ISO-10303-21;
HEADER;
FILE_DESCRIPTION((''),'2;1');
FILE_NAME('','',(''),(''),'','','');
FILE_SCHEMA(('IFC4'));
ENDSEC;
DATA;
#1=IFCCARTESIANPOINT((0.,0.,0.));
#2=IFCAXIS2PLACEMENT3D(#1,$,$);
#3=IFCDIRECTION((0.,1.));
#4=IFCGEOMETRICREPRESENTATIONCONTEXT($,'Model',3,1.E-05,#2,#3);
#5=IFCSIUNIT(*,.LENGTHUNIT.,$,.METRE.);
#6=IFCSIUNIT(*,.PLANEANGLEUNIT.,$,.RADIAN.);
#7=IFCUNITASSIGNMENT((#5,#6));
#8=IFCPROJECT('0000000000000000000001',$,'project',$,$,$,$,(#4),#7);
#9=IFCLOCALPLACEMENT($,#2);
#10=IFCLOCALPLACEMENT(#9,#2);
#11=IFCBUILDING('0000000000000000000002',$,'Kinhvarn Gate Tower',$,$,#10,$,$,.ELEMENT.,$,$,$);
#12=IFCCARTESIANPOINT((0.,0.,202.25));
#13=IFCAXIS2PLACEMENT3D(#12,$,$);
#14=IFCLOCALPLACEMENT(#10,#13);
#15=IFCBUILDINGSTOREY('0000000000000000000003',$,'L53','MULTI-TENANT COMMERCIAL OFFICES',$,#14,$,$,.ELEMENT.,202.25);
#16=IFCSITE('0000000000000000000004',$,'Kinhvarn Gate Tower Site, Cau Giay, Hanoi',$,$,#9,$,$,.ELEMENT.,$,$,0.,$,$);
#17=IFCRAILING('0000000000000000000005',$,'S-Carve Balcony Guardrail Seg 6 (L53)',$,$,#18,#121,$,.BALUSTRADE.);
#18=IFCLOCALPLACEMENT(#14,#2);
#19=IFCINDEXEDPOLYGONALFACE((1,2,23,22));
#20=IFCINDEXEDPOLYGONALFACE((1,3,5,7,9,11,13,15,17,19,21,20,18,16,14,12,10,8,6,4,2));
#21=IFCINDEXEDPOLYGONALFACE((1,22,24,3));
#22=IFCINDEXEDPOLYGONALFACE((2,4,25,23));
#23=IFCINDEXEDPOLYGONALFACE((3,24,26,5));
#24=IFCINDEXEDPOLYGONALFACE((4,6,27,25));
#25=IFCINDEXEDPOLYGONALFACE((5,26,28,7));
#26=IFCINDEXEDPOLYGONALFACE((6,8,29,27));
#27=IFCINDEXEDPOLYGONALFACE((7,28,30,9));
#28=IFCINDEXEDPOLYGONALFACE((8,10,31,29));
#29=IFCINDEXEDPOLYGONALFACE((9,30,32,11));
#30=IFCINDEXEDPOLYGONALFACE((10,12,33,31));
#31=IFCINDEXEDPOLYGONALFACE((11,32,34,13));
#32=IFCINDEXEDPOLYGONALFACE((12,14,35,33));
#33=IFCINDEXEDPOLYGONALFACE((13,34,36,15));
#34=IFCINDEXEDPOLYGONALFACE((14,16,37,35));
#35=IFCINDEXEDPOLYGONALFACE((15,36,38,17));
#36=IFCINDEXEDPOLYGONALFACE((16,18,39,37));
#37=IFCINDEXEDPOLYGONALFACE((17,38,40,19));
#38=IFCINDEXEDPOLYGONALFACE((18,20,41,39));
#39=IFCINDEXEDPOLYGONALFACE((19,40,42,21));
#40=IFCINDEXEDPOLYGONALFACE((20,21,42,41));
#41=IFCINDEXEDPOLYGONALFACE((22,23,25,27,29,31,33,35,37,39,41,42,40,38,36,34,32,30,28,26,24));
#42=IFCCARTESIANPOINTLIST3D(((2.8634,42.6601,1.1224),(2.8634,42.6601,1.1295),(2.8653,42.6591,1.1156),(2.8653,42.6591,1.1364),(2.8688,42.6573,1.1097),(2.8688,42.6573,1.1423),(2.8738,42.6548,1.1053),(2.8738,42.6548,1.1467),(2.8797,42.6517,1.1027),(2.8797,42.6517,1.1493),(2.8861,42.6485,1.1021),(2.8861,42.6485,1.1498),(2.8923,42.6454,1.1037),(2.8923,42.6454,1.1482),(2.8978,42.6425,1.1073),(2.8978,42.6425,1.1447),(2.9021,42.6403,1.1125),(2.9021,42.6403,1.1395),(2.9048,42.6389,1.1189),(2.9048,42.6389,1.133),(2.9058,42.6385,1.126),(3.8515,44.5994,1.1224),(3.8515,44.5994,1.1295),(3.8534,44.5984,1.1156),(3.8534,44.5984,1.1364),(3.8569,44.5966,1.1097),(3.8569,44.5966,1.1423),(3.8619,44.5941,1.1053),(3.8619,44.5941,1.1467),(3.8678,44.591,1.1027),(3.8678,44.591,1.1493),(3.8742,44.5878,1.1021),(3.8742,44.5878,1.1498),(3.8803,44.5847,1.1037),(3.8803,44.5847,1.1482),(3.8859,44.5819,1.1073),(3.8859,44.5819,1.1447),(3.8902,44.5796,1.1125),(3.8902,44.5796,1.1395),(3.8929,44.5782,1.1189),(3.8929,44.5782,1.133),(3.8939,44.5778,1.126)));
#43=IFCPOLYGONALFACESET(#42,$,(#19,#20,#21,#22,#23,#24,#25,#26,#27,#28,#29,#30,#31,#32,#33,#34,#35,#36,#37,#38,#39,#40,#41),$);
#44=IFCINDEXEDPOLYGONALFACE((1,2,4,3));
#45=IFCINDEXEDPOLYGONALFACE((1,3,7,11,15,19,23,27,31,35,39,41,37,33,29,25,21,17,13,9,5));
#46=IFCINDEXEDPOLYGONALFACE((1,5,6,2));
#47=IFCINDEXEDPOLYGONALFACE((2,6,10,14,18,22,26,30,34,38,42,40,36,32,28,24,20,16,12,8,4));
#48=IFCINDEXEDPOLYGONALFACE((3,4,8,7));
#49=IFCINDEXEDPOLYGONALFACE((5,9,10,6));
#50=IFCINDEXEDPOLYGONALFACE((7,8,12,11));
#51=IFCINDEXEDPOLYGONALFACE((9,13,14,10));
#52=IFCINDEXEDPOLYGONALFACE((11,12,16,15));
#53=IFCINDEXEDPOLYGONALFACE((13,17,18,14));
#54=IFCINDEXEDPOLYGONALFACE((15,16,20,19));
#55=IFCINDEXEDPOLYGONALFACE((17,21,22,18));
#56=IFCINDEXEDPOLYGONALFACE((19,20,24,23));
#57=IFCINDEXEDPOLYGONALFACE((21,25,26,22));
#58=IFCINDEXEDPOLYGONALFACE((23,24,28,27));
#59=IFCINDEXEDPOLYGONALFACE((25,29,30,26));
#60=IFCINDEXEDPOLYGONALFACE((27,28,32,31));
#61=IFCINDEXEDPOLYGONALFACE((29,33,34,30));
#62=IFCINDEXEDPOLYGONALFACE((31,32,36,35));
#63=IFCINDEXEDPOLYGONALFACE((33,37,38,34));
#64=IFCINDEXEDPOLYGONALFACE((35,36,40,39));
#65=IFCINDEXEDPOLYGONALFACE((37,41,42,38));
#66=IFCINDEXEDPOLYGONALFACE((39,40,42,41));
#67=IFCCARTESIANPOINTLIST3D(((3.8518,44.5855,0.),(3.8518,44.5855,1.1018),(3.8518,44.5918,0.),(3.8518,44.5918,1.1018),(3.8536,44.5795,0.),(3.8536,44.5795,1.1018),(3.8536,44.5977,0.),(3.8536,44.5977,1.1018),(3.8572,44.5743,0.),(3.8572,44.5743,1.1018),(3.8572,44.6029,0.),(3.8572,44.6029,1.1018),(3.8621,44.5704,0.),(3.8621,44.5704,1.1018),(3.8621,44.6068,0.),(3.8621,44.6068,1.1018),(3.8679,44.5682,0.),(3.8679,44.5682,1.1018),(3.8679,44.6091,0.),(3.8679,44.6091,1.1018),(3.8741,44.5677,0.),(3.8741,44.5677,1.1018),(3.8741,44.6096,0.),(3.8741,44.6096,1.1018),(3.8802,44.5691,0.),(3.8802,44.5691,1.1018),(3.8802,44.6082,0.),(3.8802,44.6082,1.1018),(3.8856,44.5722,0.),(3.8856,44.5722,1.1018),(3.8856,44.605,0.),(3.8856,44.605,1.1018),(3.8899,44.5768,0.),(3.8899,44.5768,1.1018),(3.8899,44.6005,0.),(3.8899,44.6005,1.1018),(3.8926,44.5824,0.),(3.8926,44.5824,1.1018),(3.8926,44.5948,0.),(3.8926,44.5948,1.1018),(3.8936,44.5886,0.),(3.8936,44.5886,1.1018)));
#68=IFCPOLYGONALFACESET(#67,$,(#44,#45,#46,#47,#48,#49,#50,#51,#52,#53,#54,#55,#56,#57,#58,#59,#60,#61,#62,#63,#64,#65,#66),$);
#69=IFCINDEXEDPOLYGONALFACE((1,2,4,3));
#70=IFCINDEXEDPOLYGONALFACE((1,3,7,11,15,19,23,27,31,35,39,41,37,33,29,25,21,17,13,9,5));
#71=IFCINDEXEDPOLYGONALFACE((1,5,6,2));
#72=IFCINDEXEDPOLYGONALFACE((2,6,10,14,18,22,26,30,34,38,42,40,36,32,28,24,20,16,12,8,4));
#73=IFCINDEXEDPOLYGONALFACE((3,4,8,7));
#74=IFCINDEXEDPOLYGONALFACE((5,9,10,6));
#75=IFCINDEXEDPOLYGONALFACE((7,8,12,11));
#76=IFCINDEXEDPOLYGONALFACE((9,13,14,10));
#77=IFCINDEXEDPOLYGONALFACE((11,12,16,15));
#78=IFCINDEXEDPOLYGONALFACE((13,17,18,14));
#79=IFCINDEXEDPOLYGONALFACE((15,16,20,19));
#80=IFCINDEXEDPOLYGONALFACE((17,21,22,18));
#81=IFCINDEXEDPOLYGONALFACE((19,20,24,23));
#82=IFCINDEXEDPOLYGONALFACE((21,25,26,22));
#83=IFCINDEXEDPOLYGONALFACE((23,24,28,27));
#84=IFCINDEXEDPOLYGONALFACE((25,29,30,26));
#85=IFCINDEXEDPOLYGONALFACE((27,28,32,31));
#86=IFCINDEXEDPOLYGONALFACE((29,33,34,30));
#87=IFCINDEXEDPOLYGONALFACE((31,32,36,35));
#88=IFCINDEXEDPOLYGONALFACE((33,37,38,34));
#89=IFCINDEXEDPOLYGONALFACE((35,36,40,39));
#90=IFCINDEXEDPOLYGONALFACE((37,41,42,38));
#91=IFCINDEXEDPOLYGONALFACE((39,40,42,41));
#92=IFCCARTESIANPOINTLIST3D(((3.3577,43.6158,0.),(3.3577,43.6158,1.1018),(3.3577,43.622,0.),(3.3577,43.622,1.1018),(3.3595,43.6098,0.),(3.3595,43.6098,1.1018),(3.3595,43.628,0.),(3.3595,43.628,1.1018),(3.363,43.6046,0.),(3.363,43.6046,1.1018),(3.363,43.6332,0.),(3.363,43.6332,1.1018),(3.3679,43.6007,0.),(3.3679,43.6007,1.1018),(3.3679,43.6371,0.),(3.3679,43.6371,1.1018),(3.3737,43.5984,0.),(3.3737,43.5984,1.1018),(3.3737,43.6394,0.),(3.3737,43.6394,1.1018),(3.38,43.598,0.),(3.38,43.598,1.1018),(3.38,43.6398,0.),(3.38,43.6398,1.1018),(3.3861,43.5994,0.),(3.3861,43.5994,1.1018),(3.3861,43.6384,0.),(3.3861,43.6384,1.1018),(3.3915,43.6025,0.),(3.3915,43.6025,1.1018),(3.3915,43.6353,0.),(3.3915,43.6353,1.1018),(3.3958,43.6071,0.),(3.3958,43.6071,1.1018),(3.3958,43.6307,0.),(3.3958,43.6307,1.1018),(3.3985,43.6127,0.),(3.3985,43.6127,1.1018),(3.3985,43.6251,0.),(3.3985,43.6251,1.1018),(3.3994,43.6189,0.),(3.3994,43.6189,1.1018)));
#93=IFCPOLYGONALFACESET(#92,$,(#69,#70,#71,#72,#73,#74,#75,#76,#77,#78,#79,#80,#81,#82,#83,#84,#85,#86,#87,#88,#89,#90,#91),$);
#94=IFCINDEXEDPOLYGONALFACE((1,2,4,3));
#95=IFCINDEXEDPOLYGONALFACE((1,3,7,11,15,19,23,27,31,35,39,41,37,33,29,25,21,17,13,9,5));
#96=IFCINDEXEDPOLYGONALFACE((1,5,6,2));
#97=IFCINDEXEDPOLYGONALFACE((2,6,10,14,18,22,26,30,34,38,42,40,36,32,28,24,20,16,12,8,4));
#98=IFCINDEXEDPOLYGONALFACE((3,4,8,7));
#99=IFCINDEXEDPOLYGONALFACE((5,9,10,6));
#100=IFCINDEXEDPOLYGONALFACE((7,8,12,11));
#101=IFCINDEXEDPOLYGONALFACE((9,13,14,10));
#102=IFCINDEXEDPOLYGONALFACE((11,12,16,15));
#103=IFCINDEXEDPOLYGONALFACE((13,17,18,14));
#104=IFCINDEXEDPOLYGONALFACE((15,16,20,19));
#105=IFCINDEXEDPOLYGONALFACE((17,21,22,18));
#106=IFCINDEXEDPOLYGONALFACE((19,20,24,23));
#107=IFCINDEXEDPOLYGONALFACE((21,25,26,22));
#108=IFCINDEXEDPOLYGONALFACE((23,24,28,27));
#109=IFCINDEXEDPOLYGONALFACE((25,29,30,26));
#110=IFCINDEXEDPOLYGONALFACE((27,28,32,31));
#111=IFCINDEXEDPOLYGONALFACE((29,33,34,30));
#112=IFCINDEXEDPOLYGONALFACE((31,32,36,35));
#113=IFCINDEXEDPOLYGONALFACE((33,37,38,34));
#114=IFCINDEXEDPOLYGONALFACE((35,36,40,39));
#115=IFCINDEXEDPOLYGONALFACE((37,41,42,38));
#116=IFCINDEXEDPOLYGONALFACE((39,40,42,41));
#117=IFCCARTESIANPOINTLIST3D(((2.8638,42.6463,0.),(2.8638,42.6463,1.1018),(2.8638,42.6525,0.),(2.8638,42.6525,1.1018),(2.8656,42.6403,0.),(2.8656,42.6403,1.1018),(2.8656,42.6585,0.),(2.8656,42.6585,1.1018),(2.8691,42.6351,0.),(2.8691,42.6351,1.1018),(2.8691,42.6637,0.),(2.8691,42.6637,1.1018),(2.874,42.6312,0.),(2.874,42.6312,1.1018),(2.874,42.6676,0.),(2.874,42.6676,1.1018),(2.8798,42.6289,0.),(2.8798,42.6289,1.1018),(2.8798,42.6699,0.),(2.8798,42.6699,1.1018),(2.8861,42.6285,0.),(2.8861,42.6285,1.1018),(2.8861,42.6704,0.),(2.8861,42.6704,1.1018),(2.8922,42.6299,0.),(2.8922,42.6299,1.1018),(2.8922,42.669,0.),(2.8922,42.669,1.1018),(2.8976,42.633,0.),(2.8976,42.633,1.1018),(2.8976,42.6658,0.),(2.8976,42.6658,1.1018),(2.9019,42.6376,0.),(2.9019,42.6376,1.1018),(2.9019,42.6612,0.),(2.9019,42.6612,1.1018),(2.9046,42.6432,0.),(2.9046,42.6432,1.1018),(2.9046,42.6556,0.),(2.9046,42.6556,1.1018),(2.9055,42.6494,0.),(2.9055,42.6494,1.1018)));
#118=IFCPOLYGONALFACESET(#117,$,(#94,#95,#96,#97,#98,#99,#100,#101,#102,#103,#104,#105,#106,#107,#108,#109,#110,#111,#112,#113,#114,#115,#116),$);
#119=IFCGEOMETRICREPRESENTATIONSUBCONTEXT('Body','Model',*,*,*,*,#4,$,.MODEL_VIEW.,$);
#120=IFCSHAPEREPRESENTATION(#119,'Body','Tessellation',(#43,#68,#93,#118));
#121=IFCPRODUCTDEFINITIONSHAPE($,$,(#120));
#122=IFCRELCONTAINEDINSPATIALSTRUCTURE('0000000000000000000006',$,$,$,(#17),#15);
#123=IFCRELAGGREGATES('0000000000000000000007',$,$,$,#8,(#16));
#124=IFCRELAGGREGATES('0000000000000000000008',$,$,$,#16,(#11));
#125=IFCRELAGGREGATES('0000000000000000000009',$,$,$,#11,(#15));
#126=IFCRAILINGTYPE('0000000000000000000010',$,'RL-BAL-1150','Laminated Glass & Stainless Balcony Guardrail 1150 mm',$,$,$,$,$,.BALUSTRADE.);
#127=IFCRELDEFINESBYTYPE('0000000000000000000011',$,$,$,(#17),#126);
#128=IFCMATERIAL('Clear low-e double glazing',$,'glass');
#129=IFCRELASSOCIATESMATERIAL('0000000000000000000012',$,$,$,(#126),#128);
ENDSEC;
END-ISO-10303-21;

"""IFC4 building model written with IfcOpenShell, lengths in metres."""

from ifc_helpers import new_model, si_unit, direction, frame, origin, origin_2d, place, context, subcontext, project, spatial, circle, extrude, material, type_object, element, save


model = new_model("IFC4")

# Units and contexts
model_context = context("Model", 3, precision=1e-05, world=origin(), true_north=direction((0.0, 1.0)))
body_context = subcontext(model_context, "Body", "Model", "MODEL_VIEW")
ifc_project = project(units=[si_unit("LENGTHUNIT", "METRE"), si_unit("PLANEANGLEUNIT", "RADIAN")], contexts=[model_context])

# Site, building, storey
site_placement = place(None, origin())
site = spatial("IfcSite", under=ifc_project, at=site_placement, Name="Kinhvarn Gate Tower Site, Cau Giay, Hanoi", CompositionType="ELEMENT", RefElevation=0.0)
building_placement = place(site_placement, origin())
building = spatial("IfcBuilding", under=site, at=building_placement, Name="Kinhvarn Gate Tower", CompositionType="ELEMENT")
storey_placement = place(building_placement, frame((0.0, 0.0, 202.25)))
storey = spatial("IfcBuildingStorey", under=building, at=storey_placement, Name="L53", Description="MULTI-TENANT COMMERCIAL OFFICES", CompositionType="ELEMENT", Elevation=202.25)

# Shared definitions
ifc_material_1 = material(Name="Clear low-e double glazing", Category="glass")

# Railing
railing_type = type_object("IfcRailingType", Name="RL-BAL-1150", Description="Laminated Glass & Stainless Balcony Guardrail 1150 mm", PredefinedType="BALUSTRADE", material=ifc_material_1)
railing_1_placement = place(storey_placement, frame((3.8726, 44.5886, 0.0)))
element("IfcRailing", 1, at=railing_1_placement, inside=storey, type_object=railing_type, Name="S-Carve Balcony Guardrail Seg 6 (L53)", PredefinedType="BALUSTRADE", context=body_context, shape_type="SweptSolid", body=[
    extrude(circle(Radius=0.0239, at=origin_2d()), frame((0.0, 0.0, 1.126), z_axis=(-0.453976, -0.891014, 0.0), x_axis=(0.891014, -0.453976, 0.0)), (0.0, 0.0, 1.0), 2.1765),
    extrude(circle(Radius=0.021, at=origin_2d()), origin(), (0.0, 0.0, 1.0), 1.1018),
    extrude(circle(Radius=0.021, at=origin_2d()), frame((-0.4941, -0.9697, 0.0)), (0.0, 0.0, 1.0), 1.1018),
    extrude(circle(Radius=0.021, at=origin_2d()), frame((-0.988, -1.9392, 0.0)), (0.0, 0.0, 1.0), 1.1018),
])

save(model, "model.ifc")
